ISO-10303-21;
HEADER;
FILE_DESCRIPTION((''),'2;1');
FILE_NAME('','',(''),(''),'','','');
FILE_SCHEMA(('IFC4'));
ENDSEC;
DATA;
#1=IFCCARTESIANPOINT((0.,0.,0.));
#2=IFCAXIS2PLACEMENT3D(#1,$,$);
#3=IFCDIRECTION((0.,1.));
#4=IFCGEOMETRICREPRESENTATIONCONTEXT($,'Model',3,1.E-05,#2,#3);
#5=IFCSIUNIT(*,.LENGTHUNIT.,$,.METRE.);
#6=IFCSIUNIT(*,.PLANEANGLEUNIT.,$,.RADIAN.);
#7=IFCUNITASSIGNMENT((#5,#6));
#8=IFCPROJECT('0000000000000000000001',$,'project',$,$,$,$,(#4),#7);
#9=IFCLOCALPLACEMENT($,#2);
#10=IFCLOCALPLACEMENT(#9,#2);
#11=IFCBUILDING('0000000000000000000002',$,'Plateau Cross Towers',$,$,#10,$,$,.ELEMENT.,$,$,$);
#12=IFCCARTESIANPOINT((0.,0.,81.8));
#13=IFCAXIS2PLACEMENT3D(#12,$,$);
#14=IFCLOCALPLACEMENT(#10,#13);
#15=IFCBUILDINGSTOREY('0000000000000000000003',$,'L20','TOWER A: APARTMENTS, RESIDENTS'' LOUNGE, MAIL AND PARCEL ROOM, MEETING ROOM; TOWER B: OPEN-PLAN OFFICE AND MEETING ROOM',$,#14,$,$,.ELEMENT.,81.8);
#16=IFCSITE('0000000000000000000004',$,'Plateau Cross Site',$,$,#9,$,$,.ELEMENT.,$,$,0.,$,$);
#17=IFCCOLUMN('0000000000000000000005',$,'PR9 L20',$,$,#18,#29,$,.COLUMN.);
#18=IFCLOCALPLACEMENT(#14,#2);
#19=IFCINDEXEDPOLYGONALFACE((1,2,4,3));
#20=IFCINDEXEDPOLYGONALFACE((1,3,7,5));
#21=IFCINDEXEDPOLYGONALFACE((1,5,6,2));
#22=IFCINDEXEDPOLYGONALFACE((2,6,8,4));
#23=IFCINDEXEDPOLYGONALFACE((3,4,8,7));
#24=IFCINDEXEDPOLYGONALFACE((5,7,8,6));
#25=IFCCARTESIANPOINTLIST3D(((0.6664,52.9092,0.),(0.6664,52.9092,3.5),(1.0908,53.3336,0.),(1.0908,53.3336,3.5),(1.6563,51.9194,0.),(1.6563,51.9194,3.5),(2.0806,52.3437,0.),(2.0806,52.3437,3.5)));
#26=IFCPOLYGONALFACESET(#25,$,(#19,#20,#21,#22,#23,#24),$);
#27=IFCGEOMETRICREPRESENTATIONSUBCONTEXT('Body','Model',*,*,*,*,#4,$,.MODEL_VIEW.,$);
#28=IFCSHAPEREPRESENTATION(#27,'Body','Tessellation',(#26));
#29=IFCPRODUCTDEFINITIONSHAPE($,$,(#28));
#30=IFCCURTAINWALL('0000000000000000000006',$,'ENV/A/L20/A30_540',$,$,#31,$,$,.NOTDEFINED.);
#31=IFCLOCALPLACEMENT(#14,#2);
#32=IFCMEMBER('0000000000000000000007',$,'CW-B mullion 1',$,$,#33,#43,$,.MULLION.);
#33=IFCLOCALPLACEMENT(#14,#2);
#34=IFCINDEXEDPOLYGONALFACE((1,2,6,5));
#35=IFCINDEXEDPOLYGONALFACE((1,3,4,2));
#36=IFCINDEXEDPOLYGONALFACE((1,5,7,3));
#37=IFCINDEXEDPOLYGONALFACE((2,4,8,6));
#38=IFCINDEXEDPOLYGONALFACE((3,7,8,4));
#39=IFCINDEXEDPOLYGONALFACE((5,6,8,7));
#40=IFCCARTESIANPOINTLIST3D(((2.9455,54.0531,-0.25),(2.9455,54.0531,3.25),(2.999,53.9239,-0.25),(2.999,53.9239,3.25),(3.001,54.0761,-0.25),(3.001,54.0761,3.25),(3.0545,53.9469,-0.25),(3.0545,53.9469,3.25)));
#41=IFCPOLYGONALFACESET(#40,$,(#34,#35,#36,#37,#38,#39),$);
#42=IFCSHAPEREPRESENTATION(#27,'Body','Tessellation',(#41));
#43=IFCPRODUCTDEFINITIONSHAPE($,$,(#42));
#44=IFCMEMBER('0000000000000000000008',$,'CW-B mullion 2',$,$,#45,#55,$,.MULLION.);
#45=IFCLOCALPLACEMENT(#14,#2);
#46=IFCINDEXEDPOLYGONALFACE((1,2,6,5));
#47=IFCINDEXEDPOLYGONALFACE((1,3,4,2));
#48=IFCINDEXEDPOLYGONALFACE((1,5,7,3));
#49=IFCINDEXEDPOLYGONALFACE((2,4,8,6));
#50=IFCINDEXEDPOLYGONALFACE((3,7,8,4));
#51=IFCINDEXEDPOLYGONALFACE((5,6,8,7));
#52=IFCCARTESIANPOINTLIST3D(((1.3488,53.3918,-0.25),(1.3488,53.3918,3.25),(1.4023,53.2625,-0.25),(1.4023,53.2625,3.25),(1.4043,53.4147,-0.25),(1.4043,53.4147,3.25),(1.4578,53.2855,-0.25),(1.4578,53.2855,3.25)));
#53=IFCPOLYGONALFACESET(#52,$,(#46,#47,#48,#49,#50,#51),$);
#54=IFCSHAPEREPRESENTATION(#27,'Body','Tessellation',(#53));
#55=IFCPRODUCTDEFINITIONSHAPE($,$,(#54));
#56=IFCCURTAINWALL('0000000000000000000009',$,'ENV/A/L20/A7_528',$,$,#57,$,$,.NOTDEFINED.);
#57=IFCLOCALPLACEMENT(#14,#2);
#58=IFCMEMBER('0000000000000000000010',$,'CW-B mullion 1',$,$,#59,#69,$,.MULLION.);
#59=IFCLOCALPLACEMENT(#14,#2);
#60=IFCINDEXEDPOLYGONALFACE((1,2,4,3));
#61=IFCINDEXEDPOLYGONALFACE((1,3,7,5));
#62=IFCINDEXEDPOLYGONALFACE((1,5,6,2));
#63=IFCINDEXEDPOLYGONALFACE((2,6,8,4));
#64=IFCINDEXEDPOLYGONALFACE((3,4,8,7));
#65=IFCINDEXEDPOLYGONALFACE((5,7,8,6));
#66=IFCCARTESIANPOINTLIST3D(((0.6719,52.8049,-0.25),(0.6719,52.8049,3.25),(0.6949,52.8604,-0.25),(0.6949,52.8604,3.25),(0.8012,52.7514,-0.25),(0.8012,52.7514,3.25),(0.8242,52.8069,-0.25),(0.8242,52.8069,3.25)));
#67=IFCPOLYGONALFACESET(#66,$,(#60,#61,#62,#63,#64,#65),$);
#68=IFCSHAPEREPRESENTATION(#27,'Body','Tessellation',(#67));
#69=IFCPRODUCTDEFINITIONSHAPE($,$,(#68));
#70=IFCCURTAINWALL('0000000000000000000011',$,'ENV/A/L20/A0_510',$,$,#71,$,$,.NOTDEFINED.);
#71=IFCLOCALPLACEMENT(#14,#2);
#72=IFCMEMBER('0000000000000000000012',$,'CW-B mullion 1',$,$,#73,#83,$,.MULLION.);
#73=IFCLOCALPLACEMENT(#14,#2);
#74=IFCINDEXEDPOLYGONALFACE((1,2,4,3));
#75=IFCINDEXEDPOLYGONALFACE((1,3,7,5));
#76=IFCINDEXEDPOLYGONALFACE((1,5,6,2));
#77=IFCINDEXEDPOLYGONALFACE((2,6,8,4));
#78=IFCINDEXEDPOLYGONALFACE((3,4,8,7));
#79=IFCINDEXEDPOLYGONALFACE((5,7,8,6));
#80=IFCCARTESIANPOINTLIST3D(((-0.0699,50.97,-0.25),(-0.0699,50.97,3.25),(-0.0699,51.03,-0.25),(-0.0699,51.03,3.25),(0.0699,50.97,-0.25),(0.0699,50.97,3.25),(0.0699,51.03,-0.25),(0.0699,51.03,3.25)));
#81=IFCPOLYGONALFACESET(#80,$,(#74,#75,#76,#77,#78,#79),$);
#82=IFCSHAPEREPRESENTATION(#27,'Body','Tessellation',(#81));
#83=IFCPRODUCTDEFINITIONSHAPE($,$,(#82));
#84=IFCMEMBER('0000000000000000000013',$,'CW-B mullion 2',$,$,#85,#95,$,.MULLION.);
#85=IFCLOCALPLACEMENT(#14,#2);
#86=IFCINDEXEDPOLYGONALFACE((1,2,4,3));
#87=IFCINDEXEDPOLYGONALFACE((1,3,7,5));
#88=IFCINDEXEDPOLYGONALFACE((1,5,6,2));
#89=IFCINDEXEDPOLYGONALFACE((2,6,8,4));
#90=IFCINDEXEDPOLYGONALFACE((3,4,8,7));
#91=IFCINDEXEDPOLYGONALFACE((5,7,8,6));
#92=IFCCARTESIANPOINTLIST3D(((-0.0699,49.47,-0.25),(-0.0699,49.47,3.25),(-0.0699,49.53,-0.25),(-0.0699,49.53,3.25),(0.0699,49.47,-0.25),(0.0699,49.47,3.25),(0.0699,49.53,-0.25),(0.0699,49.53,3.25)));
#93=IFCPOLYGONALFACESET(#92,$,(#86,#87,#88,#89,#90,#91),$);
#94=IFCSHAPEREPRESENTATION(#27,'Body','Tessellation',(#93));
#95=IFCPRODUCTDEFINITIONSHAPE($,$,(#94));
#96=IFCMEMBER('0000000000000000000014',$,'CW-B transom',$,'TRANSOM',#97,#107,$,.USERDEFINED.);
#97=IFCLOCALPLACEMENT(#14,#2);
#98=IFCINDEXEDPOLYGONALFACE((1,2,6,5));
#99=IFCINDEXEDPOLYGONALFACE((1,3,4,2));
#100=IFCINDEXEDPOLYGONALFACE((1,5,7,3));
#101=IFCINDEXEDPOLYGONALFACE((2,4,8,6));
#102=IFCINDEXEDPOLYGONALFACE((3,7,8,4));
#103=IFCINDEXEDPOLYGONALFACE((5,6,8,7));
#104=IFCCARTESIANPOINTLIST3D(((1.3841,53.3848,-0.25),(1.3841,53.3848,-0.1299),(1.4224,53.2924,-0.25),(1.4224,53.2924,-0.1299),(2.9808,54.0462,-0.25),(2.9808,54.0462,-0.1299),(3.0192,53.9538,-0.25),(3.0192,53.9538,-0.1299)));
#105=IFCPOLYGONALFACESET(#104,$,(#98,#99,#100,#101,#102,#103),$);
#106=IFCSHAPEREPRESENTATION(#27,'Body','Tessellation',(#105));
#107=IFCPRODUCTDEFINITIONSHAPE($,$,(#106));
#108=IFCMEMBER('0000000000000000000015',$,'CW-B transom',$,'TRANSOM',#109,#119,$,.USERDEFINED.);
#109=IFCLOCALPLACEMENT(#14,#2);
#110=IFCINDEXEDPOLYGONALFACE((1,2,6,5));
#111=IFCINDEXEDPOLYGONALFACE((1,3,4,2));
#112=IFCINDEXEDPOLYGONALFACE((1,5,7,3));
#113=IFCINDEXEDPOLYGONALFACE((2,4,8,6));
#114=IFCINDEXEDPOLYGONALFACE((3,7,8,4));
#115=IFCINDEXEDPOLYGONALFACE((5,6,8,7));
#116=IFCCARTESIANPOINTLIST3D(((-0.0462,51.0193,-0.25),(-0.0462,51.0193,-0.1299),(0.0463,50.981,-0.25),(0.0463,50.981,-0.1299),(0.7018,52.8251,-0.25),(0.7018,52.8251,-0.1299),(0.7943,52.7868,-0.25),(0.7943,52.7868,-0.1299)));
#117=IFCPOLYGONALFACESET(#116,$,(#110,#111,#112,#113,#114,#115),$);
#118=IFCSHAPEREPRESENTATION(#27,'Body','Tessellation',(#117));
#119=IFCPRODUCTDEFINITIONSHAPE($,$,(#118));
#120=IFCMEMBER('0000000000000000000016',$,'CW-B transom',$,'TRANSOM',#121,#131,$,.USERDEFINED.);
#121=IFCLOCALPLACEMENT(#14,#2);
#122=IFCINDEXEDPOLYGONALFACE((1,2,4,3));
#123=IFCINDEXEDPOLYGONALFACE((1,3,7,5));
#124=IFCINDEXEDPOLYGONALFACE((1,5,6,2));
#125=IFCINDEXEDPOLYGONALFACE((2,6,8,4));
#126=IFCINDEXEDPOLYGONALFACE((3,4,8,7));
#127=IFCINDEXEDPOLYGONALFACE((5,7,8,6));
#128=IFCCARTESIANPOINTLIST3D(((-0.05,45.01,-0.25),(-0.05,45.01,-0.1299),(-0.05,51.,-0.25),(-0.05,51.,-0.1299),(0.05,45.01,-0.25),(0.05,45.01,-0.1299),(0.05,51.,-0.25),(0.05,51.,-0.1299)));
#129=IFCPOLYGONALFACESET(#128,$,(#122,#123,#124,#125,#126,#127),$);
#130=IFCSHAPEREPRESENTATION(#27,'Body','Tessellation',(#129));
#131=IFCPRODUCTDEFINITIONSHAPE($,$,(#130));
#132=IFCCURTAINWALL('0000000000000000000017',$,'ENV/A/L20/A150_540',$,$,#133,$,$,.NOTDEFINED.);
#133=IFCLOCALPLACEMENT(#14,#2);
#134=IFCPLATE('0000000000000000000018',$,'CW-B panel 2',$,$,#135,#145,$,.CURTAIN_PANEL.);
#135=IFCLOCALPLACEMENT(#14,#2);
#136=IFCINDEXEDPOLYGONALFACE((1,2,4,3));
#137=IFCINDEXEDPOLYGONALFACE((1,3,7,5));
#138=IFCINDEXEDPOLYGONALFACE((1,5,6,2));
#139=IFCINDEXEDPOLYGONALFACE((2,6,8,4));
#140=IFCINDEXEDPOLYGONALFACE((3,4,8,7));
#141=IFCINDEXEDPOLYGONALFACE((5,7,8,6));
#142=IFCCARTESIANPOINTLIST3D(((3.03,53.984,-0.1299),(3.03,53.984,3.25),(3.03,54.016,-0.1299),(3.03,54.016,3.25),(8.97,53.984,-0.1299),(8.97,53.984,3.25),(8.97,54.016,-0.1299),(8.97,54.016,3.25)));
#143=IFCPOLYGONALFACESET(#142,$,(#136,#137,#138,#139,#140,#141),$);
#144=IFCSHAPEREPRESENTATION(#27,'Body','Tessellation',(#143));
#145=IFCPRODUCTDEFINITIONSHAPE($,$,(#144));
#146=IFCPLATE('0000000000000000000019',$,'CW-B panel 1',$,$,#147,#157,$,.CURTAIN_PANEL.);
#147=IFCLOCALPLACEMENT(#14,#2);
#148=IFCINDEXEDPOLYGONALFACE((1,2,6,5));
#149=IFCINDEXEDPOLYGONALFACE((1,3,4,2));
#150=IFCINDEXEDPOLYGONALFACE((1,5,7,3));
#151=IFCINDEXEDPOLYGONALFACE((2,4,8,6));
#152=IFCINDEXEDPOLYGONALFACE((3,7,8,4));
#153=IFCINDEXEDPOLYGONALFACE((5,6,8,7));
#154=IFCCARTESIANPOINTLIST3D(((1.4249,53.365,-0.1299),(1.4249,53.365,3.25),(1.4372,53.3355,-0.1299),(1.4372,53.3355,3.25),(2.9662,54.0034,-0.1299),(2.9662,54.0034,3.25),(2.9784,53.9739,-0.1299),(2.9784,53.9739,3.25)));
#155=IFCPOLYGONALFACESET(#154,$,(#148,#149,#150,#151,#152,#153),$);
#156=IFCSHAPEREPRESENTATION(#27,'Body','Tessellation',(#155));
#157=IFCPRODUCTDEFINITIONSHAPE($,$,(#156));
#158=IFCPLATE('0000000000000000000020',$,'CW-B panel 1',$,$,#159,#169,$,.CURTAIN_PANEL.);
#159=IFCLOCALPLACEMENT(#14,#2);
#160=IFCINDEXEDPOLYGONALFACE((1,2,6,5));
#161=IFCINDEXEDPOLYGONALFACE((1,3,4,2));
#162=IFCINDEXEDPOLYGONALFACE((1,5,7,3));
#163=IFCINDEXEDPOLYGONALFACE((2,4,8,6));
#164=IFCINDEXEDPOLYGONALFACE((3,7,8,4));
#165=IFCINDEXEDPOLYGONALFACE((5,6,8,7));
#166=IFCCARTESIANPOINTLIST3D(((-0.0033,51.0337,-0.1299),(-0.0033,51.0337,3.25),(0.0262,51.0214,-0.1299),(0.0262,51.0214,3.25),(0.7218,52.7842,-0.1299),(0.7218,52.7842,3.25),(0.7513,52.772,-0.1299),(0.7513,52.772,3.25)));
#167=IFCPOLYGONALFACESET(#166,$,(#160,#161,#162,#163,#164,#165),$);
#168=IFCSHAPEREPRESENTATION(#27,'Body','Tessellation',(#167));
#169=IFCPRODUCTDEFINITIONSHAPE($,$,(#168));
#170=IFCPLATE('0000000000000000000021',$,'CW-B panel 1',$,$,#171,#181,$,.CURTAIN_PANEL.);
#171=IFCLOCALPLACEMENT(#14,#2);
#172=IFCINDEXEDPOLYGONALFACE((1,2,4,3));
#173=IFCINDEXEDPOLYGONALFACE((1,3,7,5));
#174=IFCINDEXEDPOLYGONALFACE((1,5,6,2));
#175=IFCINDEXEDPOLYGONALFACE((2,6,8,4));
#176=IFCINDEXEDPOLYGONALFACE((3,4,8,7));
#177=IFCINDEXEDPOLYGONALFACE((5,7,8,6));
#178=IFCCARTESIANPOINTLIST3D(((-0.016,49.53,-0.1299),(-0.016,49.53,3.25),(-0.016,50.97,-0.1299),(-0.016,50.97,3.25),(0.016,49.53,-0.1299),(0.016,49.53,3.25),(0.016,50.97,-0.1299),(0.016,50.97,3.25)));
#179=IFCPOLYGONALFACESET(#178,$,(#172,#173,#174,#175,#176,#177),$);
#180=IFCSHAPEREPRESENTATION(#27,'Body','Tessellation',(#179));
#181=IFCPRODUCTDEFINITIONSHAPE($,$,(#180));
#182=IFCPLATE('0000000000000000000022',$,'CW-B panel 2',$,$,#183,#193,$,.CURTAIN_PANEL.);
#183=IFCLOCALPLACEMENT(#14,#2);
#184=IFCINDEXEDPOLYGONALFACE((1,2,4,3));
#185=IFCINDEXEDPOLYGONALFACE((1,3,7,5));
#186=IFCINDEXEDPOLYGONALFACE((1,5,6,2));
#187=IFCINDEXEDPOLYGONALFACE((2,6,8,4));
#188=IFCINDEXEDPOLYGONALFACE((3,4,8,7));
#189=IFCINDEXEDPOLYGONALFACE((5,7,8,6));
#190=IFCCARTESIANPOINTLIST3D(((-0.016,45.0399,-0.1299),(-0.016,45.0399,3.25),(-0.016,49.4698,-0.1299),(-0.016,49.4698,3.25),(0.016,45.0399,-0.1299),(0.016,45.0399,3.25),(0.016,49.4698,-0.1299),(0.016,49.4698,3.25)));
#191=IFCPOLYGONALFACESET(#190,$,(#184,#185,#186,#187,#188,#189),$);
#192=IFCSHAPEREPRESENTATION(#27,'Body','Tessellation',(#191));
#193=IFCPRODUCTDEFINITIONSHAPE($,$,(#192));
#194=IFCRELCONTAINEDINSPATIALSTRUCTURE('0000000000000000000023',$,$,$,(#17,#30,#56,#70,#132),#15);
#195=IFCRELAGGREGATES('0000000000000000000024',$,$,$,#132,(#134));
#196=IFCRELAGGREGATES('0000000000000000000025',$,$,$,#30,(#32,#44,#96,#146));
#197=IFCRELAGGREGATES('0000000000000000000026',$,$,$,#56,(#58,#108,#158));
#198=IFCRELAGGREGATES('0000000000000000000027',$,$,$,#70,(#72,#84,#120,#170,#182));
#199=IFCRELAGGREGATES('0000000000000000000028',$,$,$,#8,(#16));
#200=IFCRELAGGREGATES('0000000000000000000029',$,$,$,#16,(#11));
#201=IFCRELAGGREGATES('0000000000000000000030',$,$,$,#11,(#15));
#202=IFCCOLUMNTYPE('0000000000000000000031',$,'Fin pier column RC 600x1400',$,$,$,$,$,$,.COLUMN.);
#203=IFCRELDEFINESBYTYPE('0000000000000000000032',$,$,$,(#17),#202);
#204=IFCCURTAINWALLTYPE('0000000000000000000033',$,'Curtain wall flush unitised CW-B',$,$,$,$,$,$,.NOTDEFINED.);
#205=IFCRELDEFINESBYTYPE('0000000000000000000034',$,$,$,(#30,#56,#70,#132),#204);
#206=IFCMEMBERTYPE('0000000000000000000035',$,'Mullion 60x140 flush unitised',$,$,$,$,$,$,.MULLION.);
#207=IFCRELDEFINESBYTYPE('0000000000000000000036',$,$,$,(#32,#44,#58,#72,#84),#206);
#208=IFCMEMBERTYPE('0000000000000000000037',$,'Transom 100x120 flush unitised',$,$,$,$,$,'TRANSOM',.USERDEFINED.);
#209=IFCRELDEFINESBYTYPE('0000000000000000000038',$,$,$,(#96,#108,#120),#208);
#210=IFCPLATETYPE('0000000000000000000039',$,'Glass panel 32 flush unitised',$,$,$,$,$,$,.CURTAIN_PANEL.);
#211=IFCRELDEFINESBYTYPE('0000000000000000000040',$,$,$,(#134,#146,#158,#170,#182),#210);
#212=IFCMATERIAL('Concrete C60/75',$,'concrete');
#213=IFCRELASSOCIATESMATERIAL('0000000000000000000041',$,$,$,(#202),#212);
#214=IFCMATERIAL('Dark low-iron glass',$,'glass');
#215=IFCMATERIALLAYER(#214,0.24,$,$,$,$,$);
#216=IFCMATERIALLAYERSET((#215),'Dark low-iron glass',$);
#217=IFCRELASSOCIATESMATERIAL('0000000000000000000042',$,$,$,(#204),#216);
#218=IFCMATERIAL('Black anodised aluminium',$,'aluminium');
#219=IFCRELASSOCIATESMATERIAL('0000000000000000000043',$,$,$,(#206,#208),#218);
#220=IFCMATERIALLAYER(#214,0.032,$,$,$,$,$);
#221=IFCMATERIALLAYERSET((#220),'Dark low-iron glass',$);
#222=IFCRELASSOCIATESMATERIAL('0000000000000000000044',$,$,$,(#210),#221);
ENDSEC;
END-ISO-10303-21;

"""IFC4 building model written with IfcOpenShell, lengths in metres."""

from ifc_helpers import new_model, si_unit, direction, frame, origin, origin_2d, place, context, subcontext, project, spatial, rectangle, extrude, material, layer, layer_set, material_profile, profile_set, type_object, element, aggregate, save


model = new_model("IFC4")

# Units and contexts
model_context = context("Model", 3, precision=1e-05, world=origin(), true_north=direction((0.0, 1.0)))
body_context = subcontext(model_context, "Body", "Model", "MODEL_VIEW")
ifc_project = project(units=[si_unit("LENGTHUNIT", "METRE"), si_unit("PLANEANGLEUNIT", "RADIAN")], contexts=[model_context])

# Site, building, storey
site_placement = place(None, origin())
site = spatial("IfcSite", under=ifc_project, at=site_placement, Name="Plateau Cross Site", CompositionType="ELEMENT", RefElevation=0.0)
building_placement = place(site_placement, origin())
building = spatial("IfcBuilding", under=site, at=building_placement, Name="Plateau Cross Towers", CompositionType="ELEMENT")
storey_placement = place(building_placement, frame((0.0, 0.0, 81.8)))
storey = spatial("IfcBuildingStorey", under=building, at=storey_placement, Name="L20", Description="TOWER A: APARTMENTS, RESIDENTS' LOUNGE, MAIL AND PARCEL ROOM, MEETING ROOM; TOWER B: OPEN-PLAN OFFICE AND MEETING ROOM", CompositionType="ELEMENT", Elevation=81.8)

# Column
ifc_material_1 = material(Name="Concrete C60/75", Category="concrete")
ifc_material_profile_1 = material_profile(ifc_material_1, rectangle(XDim=0.6001, YDim=1.3999, at=origin_2d()), Name="RC 600x1400")
ifc_profile_set_1 = profile_set([ifc_material_profile_1], Name="Concrete C60/75")
column_type = type_object("IfcColumnType", Name="Fin pier column RC 600x1400", PredefinedType="COLUMN", material=ifc_profile_set_1)
column_placement = place(storey_placement, frame((1.3735, 52.6265, 0.0), z_axis=(0.0, 0.0, 1.0), x_axis=(0.707107, 0.707107, 0.0)))
element("IfcColumn", 1, at=column_placement, inside=storey, type_object=column_type, Name="PR9 L20", PredefinedType="COLUMN", context=body_context, shape_type="SweptSolid", body=[
    extrude(rectangle(XDim=0.6001, YDim=1.3999, at=origin_2d()), origin(), (0.0, 0.0, 1.0), 3.5),
])

# Curtain wall, members
ifc_material_2 = material(Name="Dark low-iron glass", Category="glass")
ifc_layer_1 = layer(ifc_material_2, 0.24)
ifc_layer_set_1 = layer_set([ifc_layer_1], Name="Dark low-iron glass")
curtain_wall_type = type_object("IfcCurtainWallType", Name="Curtain wall flush unitised CW-B", PredefinedType="NOTDEFINED", material=ifc_layer_set_1)
curtain_wall_1_placement = place(storey_placement, origin())
curtain_wall_1 = element("IfcCurtainWall", 2, at=curtain_wall_1_placement, inside=storey, type_object=curtain_wall_type, Name="ENV/A/L20/A30_540", PredefinedType="NOTDEFINED")
ifc_material_3 = material(Name="Black anodised aluminium", Category="aluminium")
ifc_material_profile_2 = material_profile(ifc_material_3, rectangle(XDim=0.0601, YDim=0.1399, at=origin_2d()), Name="MULLION 60x140")
ifc_profile_set_2 = profile_set([ifc_material_profile_2], Name="Black anodised aluminium")
member_type_1 = type_object("IfcMemberType", Name="Mullion 60x140 flush unitised", PredefinedType="MULLION", material=ifc_profile_set_2)
member_1_placement = place(storey_placement, frame((3.0, 54.0, -0.25), z_axis=(0.0, 0.0, 1.0), x_axis=(-0.923879, -0.382684, 0.0)))
member_1 = element("IfcMember", 3, at=member_1_placement, type_object=member_type_1, Name="CW-B mullion 1", PredefinedType="MULLION", context=body_context, shape_type="SweptSolid", body=[
    extrude(rectangle(XDim=0.0601, YDim=0.1399, at=origin_2d()), origin(), (0.0, 0.0, 1.0), 3.5),
])
member_2_placement = place(storey_placement, frame((1.4033, 53.3386, -0.25), z_axis=(0.0, 0.0, 1.0), x_axis=(-0.923879, -0.382684, 0.0)))
member_2 = element("IfcMember", 4, at=member_2_placement, type_object=member_type_1, Name="CW-B mullion 2", PredefinedType="MULLION", context=body_context, shape_type="SweptSolid", body=[
    extrude(rectangle(XDim=0.0601, YDim=0.1399, at=origin_2d()), origin(), (0.0, 0.0, 1.0), 3.5),
])

# Curtain wall, member
curtain_wall_2_placement = place(storey_placement, origin())
curtain_wall_2 = element("IfcCurtainWall", 5, at=curtain_wall_2_placement, inside=storey, type_object=curtain_wall_type, Name="ENV/A/L20/A7_528", PredefinedType="NOTDEFINED")
member_3_placement = place(storey_placement, frame((0.748, 52.8059, -0.25), z_axis=(0.0, 0.0, 1.0), x_axis=(-0.382684, -0.923879, 0.0)))
member_3 = element("IfcMember", 6, at=member_3_placement, type_object=member_type_1, Name="CW-B mullion 1", PredefinedType="MULLION", context=body_context, shape_type="SweptSolid", body=[
    extrude(rectangle(XDim=0.0601, YDim=0.1399, at=origin_2d()), origin(), (0.0, 0.0, 1.0), 3.5),
])

# Curtain wall, members
curtain_wall_3_placement = place(storey_placement, origin())
curtain_wall_3 = element("IfcCurtainWall", 7, at=curtain_wall_3_placement, inside=storey, type_object=curtain_wall_type, Name="ENV/A/L20/A0_510", PredefinedType="NOTDEFINED")
member_4_placement = place(storey_placement, frame((0.0, 51.0, -0.25), z_axis=(0.0, 0.0, 1.0), x_axis=(0.0, -1.0, 0.0)))
member_4 = element("IfcMember", 8, at=member_4_placement, type_object=member_type_1, Name="CW-B mullion 1", PredefinedType="MULLION", context=body_context, shape_type="SweptSolid", body=[
    extrude(rectangle(XDim=0.0601, YDim=0.1399, at=origin_2d()), origin(), (0.0, 0.0, 1.0), 3.5),
])
member_5_placement = place(storey_placement, frame((0.0, 49.5, -0.25), z_axis=(0.0, 0.0, 1.0), x_axis=(0.0, -1.0, 0.0)))
member_5 = element("IfcMember", 9, at=member_5_placement, type_object=member_type_1, Name="CW-B mullion 2", PredefinedType="MULLION", context=body_context, shape_type="SweptSolid", body=[
    extrude(rectangle(XDim=0.0601, YDim=0.1399, at=origin_2d()), origin(), (0.0, 0.0, 1.0), 3.5),
])

# Members
ifc_material_profile_3 = material_profile(ifc_material_3, rectangle(XDim=0.1001, YDim=0.1201, at=origin_2d()), Name="TRANSOM 100x120")
ifc_profile_set_3 = profile_set([ifc_material_profile_3], Name="Black anodised aluminium")
member_type_2 = type_object("IfcMemberType", Name="Transom 100x120 flush unitised", ElementType="TRANSOM", PredefinedType="USERDEFINED", material=ifc_profile_set_3)
member_6_placement = place(storey_placement, frame((3.0, 54.0, -0.1899), z_axis=(-0.923877, -0.382689, 0.0), x_axis=(0.382689, -0.923877, 0.0)))
member_6 = element("IfcMember", 10, at=member_6_placement, type_object=member_type_2, Name="CW-B transom", ObjectType="TRANSOM", PredefinedType="USERDEFINED", context=body_context, shape_type="SweptSolid", body=[
    extrude(rectangle(XDim=0.1001, YDim=0.1201, at=origin_2d()), origin(), (0.0, 0.0, 1.0), 1.7283),
])
member_7_placement = place(storey_placement, frame((0.748, 52.8059, -0.1899), z_axis=(-0.38269, -0.923877, 0.0), x_axis=(0.923877, -0.38269, 0.0)))
member_7 = element("IfcMember", 11, at=member_7_placement, type_object=member_type_2, Name="CW-B transom", ObjectType="TRANSOM", PredefinedType="USERDEFINED", context=body_context, shape_type="SweptSolid", body=[
    extrude(rectangle(XDim=0.1001, YDim=0.1201, at=origin_2d()), origin(), (0.0, 0.0, 1.0), 1.9546),
])
member_8_placement = place(storey_placement, frame((0.0, 51.0, -0.1899), z_axis=(0.0, -1.0, 0.0), x_axis=(1.0, 0.0, 0.0)))
member_8 = element("IfcMember", 12, at=member_8_placement, type_object=member_type_2, Name="CW-B transom", ObjectType="TRANSOM", PredefinedType="USERDEFINED", context=body_context, shape_type="SweptSolid", body=[
    extrude(rectangle(XDim=0.1001, YDim=0.1201, at=origin_2d()), origin(), (0.0, 0.0, 1.0), 5.99),
])

# Curtain wall, plate
curtain_wall_4_placement = place(storey_placement, origin())
curtain_wall_4 = element("IfcCurtainWall", 13, at=curtain_wall_4_placement, inside=storey, type_object=curtain_wall_type, Name="ENV/A/L20/A150_540", PredefinedType="NOTDEFINED")
ifc_layer_2 = layer(ifc_material_2, 0.032)
ifc_layer_set_2 = layer_set([ifc_layer_2], Name="Dark low-iron glass")
plate_type = type_object("IfcPlateType", Name="Glass panel 32 flush unitised", PredefinedType="CURTAIN_PANEL", material=ifc_layer_set_2)
plate_1_placement = place(storey_placement, frame((6.0, 54.0, -0.1299), z_axis=(0.0, 0.0, 1.0), x_axis=(-1.0, 0.0, 0.0)))
plate_1 = element("IfcPlate", 14, at=plate_1_placement, type_object=plate_type, Name="CW-B panel 2", PredefinedType="CURTAIN_PANEL", context=body_context, shape_type="SweptSolid", body=[
    extrude(rectangle(XDim=5.9399, YDim=0.032, at=origin_2d()), origin(), (0.0, 0.0, 1.0), 3.3799),
])
aggregate(curtain_wall_4, [plate_1])

# Plates
plate_2_placement = place(storey_placement, frame((2.2017, 53.6694, -0.1299), z_axis=(0.0, 0.0, 1.0), x_axis=(-0.923879, -0.382684, 0.0)))
plate_2 = element("IfcPlate", 15, at=plate_2_placement, type_object=plate_type, Name="CW-B panel 1", PredefinedType="CURTAIN_PANEL", context=body_context, shape_type="SweptSolid", body=[
    extrude(rectangle(XDim=1.6682, YDim=0.032, at=origin_2d()), origin(), (0.0, 0.0, 1.0), 3.3799),
])
aggregate(curtain_wall_1, [member_1, member_2, member_6, plate_2])
plate_3_placement = place(storey_placement, frame((0.374, 51.9028, -0.1299), z_axis=(0.0, 0.0, 1.0), x_axis=(-0.382684, -0.923879, 0.0)))
plate_3 = element("IfcPlate", 16, at=plate_3_placement, type_object=plate_type, Name="CW-B panel 1", PredefinedType="CURTAIN_PANEL", context=body_context, shape_type="SweptSolid", body=[
    extrude(rectangle(XDim=1.8948, YDim=0.032, at=origin_2d()), origin(), (0.0, 0.0, 1.0), 3.3799),
])
aggregate(curtain_wall_2, [member_3, member_7, plate_3])
plate_4_placement = place(storey_placement, frame((0.0, 50.25, -0.1299), z_axis=(0.0, 0.0, 1.0), x_axis=(0.0, -1.0, 0.0)))
plate_4 = element("IfcPlate", 17, at=plate_4_placement, type_object=plate_type, Name="CW-B panel 1", PredefinedType="CURTAIN_PANEL", context=body_context, shape_type="SweptSolid", body=[
    extrude(rectangle(XDim=1.4399, YDim=0.032, at=origin_2d()), origin(), (0.0, 0.0, 1.0), 3.3799),
])
plate_5_placement = place(storey_placement, frame((0.0, 47.2549, -0.1299), z_axis=(0.0, 0.0, 1.0), x_axis=(0.0, -1.0, 0.0)))
plate_5 = element("IfcPlate", 18, at=plate_5_placement, type_object=plate_type, Name="CW-B panel 2", PredefinedType="CURTAIN_PANEL", context=body_context, shape_type="SweptSolid", body=[
    extrude(rectangle(XDim=4.4299, YDim=0.032, at=origin_2d()), origin(), (0.0, 0.0, 1.0), 3.3799),
])
aggregate(curtain_wall_3, [member_4, member_5, member_8, plate_4, plate_5])

save(model, "model.ifc")
